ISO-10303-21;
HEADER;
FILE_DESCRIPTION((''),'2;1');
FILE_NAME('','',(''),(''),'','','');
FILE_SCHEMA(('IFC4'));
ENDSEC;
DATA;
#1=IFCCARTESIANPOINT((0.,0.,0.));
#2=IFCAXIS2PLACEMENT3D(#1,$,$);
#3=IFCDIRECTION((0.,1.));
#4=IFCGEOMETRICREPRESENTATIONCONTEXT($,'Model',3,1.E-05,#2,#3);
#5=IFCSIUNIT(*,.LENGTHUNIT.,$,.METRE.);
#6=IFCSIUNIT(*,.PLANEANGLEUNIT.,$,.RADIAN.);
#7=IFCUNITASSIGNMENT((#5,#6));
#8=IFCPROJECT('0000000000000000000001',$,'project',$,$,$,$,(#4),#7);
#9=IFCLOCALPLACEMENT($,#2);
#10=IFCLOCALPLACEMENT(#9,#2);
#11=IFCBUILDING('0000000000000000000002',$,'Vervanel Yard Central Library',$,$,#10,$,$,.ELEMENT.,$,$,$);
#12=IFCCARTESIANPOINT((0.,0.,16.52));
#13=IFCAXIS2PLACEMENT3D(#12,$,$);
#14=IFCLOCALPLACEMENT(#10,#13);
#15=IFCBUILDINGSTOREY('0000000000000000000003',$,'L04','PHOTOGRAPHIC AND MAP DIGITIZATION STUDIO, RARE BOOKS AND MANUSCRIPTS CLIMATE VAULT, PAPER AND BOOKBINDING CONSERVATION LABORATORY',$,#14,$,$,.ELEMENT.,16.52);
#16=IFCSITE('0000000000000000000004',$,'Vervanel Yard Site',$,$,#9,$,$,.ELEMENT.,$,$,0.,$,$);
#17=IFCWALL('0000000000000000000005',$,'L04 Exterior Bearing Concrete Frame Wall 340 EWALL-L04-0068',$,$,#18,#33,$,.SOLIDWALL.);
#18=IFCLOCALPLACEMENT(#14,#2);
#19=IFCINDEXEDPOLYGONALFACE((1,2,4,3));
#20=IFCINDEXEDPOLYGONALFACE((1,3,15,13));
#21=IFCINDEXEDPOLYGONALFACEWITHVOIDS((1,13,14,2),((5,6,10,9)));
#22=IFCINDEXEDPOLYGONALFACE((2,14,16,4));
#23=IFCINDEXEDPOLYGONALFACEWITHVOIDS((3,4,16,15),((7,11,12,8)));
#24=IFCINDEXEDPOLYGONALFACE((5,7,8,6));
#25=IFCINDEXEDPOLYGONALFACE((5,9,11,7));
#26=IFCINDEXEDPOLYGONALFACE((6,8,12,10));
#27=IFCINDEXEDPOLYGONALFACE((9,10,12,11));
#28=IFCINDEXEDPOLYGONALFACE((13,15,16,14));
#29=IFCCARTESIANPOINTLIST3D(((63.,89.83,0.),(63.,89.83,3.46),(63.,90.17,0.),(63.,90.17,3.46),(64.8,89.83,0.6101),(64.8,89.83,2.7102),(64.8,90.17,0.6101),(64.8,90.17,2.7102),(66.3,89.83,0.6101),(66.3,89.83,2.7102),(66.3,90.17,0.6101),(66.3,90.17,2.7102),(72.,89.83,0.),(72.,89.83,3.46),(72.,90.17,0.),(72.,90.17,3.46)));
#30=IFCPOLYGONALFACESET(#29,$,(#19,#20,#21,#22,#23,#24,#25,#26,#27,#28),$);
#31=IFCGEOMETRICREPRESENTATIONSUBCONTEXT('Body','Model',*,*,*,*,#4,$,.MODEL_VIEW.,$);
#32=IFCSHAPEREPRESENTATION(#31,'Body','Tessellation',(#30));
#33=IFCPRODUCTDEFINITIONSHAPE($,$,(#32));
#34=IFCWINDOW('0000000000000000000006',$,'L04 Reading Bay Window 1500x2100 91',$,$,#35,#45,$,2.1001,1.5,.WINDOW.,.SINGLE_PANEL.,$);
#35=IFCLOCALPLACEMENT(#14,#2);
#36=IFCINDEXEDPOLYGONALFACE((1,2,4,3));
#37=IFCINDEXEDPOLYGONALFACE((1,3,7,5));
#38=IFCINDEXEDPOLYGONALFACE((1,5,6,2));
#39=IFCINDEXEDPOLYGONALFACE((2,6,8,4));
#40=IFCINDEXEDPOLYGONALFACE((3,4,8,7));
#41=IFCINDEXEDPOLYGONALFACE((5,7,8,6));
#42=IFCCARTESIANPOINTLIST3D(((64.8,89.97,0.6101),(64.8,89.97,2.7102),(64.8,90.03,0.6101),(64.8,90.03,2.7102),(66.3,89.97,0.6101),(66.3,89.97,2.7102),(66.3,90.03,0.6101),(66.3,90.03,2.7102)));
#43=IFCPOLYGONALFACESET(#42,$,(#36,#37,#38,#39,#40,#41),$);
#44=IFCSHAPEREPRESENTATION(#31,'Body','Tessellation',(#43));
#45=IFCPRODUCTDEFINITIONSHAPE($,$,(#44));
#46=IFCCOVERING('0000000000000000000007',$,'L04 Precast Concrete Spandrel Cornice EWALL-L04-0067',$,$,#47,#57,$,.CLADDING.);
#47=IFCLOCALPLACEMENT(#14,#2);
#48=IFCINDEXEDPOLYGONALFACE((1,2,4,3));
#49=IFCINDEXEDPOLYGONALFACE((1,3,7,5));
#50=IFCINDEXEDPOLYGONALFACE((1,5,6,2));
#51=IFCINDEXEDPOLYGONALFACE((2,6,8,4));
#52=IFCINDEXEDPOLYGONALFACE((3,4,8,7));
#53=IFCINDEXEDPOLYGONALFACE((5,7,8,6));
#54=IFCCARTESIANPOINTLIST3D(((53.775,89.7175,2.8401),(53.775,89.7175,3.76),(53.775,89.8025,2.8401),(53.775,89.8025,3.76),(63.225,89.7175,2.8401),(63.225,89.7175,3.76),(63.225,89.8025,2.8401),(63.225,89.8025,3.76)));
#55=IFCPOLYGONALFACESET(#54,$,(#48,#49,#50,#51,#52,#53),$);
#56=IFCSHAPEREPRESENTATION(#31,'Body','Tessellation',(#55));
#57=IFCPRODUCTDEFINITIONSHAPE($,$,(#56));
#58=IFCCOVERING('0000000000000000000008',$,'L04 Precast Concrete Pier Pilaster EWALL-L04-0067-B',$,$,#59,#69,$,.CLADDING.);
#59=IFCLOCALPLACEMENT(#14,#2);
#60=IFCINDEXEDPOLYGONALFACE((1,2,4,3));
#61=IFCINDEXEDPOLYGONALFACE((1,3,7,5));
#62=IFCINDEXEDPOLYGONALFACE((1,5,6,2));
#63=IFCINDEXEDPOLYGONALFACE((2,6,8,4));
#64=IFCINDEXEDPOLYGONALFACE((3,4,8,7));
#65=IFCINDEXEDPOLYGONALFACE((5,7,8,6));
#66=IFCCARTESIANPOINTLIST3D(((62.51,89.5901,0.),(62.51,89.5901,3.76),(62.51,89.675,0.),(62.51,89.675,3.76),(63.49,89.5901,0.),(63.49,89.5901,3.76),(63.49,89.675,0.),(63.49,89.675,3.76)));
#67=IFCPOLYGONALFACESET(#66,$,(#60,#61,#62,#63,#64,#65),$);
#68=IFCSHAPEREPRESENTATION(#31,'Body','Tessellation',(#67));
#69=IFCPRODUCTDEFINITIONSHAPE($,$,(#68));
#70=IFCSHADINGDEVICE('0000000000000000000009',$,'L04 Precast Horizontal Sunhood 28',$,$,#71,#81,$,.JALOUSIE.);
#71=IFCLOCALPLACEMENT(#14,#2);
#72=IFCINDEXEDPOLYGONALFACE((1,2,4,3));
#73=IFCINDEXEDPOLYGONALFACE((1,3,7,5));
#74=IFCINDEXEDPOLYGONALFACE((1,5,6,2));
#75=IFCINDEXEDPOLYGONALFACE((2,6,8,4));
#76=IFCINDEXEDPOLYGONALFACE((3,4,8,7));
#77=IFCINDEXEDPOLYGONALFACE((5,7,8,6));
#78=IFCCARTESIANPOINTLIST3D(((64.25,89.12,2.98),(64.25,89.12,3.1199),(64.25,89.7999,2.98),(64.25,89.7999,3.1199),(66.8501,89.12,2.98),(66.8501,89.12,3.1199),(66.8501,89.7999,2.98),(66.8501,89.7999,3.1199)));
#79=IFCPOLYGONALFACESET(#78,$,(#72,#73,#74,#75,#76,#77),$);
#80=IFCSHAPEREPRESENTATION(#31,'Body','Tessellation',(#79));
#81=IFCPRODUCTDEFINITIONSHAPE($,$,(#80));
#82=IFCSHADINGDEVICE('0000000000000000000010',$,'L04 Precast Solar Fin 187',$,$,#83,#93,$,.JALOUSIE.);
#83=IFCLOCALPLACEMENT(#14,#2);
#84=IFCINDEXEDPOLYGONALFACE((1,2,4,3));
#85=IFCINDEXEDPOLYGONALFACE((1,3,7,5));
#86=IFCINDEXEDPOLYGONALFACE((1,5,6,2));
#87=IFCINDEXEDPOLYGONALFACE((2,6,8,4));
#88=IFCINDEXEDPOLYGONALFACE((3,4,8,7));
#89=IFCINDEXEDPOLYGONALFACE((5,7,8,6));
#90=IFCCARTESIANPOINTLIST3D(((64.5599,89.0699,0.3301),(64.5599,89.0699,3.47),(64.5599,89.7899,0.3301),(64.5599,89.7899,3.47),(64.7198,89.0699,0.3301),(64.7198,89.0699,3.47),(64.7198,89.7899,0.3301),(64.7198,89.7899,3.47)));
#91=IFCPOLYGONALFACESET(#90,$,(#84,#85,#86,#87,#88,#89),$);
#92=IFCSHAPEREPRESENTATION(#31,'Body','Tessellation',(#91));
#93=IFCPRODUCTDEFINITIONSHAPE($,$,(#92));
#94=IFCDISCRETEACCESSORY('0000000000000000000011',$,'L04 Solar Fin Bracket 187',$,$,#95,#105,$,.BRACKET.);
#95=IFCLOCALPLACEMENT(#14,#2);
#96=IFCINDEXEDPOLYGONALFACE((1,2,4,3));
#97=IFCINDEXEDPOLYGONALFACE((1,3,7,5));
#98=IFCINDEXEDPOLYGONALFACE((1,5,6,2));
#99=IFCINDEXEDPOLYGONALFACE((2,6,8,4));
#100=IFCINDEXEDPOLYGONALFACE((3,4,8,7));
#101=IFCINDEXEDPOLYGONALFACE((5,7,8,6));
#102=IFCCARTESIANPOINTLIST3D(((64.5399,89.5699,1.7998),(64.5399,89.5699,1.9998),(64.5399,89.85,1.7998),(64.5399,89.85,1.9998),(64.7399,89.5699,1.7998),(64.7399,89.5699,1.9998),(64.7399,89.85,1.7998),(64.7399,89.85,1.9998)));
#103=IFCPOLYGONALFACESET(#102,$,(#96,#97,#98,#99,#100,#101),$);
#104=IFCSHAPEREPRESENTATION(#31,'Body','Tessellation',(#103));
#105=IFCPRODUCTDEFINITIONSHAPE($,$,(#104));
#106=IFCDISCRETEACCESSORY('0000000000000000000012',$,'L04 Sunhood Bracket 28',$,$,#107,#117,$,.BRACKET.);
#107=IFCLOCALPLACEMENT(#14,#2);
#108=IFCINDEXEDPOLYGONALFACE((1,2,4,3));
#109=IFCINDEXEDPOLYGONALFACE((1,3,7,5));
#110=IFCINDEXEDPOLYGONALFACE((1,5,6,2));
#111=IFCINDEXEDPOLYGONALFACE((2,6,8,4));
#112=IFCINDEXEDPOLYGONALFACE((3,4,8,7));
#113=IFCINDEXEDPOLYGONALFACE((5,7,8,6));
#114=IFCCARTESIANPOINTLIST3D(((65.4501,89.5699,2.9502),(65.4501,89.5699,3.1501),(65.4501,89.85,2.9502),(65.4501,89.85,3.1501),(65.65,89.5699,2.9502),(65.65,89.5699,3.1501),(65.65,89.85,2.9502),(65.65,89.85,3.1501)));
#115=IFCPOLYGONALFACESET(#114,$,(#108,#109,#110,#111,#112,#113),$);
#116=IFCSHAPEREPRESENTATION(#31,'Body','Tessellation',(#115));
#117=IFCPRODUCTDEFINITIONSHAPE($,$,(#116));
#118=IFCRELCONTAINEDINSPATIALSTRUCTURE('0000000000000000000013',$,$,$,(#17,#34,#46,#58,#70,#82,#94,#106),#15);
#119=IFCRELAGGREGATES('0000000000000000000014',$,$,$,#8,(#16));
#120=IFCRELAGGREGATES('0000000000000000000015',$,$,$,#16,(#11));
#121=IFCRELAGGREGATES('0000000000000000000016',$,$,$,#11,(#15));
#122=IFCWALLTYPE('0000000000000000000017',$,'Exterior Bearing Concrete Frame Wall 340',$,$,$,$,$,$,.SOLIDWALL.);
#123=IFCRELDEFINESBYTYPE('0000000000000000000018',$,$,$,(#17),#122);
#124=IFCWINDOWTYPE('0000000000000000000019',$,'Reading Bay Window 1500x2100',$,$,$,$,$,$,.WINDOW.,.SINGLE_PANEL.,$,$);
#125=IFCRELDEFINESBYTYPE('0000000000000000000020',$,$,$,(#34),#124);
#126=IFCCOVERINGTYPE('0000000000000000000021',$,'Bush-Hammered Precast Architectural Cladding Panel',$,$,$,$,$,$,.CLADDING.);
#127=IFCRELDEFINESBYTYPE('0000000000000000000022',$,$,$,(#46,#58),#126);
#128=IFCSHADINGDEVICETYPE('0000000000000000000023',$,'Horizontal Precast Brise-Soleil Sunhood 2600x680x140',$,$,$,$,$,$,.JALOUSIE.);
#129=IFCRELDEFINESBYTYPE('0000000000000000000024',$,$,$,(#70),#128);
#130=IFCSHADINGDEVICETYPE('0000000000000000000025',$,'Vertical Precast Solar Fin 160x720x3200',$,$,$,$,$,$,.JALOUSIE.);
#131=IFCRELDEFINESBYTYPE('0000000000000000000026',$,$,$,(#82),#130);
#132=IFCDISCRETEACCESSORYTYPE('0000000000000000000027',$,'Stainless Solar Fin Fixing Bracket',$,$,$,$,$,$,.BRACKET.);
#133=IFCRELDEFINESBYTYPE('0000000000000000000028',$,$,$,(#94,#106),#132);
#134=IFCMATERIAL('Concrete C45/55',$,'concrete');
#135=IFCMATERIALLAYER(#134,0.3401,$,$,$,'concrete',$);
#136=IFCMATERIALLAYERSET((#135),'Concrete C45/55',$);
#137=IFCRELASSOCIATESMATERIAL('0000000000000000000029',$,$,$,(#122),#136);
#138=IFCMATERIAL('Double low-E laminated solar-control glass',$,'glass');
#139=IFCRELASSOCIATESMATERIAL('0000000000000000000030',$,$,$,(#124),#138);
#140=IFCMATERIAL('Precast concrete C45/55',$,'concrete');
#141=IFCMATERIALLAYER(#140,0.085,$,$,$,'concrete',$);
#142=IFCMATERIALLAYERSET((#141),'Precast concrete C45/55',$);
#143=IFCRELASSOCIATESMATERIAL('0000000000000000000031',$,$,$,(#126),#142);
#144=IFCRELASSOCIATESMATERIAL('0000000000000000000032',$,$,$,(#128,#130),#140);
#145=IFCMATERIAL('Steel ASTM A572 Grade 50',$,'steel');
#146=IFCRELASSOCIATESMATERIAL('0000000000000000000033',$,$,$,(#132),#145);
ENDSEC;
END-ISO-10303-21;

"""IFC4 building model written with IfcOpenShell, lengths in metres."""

from ifc_helpers import new_model, si_unit, direction, frame, frame_2d, origin, origin_2d, place, context, subcontext, project, spatial, rectangle, extrude, material, layer, layer_set, type_object, element, fill, save


model = new_model("IFC4")

# Units and contexts
model_context = context("Model", 3, precision=1e-05, world=origin(), true_north=direction((0.0, 1.0)))
body_context = subcontext(model_context, "Body", "Model", "MODEL_VIEW")
ifc_project = project(units=[si_unit("LENGTHUNIT", "METRE"), si_unit("PLANEANGLEUNIT", "RADIAN")], contexts=[model_context])

# Site, building, storey
site_placement = place(None, origin())
site = spatial("IfcSite", under=ifc_project, at=site_placement, Name="Vervanel Yard Site", CompositionType="ELEMENT", RefElevation=0.0)
building_placement = place(site_placement, origin())
building = spatial("IfcBuilding", under=site, at=building_placement, Name="Vervanel Yard Central Library", CompositionType="ELEMENT")
storey_placement = place(building_placement, frame((0.0, 0.0, 16.52)))
storey = spatial("IfcBuildingStorey", under=building, at=storey_placement, Name="L04", Description="PHOTOGRAPHIC AND MAP DIGITIZATION STUDIO, RARE BOOKS AND MANUSCRIPTS CLIMATE VAULT, PAPER AND BOOKBINDING CONSERVATION LABORATORY", CompositionType="ELEMENT", Elevation=16.52)

# Shared definitions
ifc_material_1 = material(Name="Concrete C45/55", Category="concrete")

# Wall, opening, window
ifc_layer_1 = layer(ifc_material_1, 0.3401, Category="concrete")
ifc_layer_set_1 = layer_set([ifc_layer_1], Name="Concrete C45/55")
wall_type = type_object("IfcWallType", Name="Exterior Bearing Concrete Frame Wall 340", PredefinedType="SOLIDWALL", material=ifc_layer_set_1)
wall_placement = place(storey_placement, frame((63.0, 90.0, 0.0), z_axis=(0.0, 0.0, 1.0), x_axis=(1.0, 0.0, 0.0)))
wall = element("IfcWall", 1, at=wall_placement, inside=storey, type_object=wall_type, Name="L04 Exterior Bearing Concrete Frame Wall 340 EWALL-L04-0068", PredefinedType="SOLIDWALL", context=body_context, shape_type="SweptSolid", body=[
    extrude(rectangle(XDim=9.0, YDim=0.3401, at=frame_2d((4.5, 0.0))), origin(), (0.0, 0.0, 1.0), 3.46),
])
opening_placement = place(wall_placement, frame((1.8, 0.0, 0.6101)))
opening = element("IfcOpeningElement", 2, at=opening_placement, cuts=wall, PredefinedType="OPENING", context=body_context, shape_type="SweptSolid", body=[
    extrude(rectangle(XDim=1.5, YDim=2.1001, at=frame_2d((0.75, 1.05))), frame((0.0, 0.1799, 0.0), z_axis=(0.0, -1.0, 0.0), x_axis=(1.0, 0.0, 0.0)), (0.0, 0.0, 1.0), 0.3601),
])
ifc_material_2 = material(Name="Double low-E laminated solar-control glass", Category="glass")
window_type = type_object("IfcWindowType", Name="Reading Bay Window 1500x2100", PartitioningType="SINGLE_PANEL", PredefinedType="WINDOW", material=ifc_material_2)
window_placement = place(opening_placement, origin())
window = element("IfcWindow", 3, at=window_placement, inside=storey, type_object=window_type, Name="L04 Reading Bay Window 1500x2100 91", OverallHeight=2.1001, OverallWidth=1.5, PartitioningType="SINGLE_PANEL", PredefinedType="WINDOW", context=body_context, shape_type="SweptSolid", body=[
    extrude(rectangle(XDim=1.5, YDim=2.1001, at=frame_2d((0.75, 1.05))), frame((0.0, 0.03, 0.0), z_axis=(0.0, -1.0, 0.0), x_axis=(1.0, 0.0, 0.0)), (0.0, 0.0, 1.0), 0.0601),
])
fill(opening, window)

# Coverings
ifc_material_3 = material(Name="Precast concrete C45/55", Category="concrete")
ifc_layer_2 = layer(ifc_material_3, 0.085, Category="concrete")
ifc_layer_set_2 = layer_set([ifc_layer_2], Name="Precast concrete C45/55")
covering_type = type_object("IfcCoveringType", Name="Bush-Hammered Precast Architectural Cladding Panel", PredefinedType="CLADDING", material=ifc_layer_set_2)
covering_1_placement = place(storey_placement, frame((58.5, 89.76, 2.8401), z_axis=(0.0, 0.0, 1.0), x_axis=(1.0, 0.0, 0.0)))
element("IfcCovering", 4, at=covering_1_placement, inside=storey, type_object=covering_type, Name="L04 Precast Concrete Spandrel Cornice EWALL-L04-0067", PredefinedType="CLADDING", context=body_context, shape_type="SweptSolid", body=[
    extrude(rectangle(XDim=9.45, YDim=0.085, at=origin_2d()), origin(), (0.0, 0.0, 1.0), 0.9199),
])
covering_2_placement = place(storey_placement, frame((63.0, 89.6326, 0.0), z_axis=(0.0, 0.0, 1.0), x_axis=(1.0, 0.0, 0.0)))
element("IfcCovering", 5, at=covering_2_placement, inside=storey, type_object=covering_type, Name="L04 Precast Concrete Pier Pilaster EWALL-L04-0067-B", PredefinedType="CLADDING", context=body_context, shape_type="SweptSolid", body=[
    extrude(rectangle(XDim=0.98, YDim=0.085, at=origin_2d()), origin(), (0.0, 0.0, 1.0), 3.76),
])

# Shading devices
shading_device_type_1 = type_object("IfcShadingDeviceType", Name="Horizontal Precast Brise-Soleil Sunhood 2600x680x140", PredefinedType="JALOUSIE", material=ifc_material_3)
shading_device_1_placement = place(storey_placement, frame((65.55, 89.46, 2.98), z_axis=(0.0, 0.0, 1.0), x_axis=(1.0, 0.0, 0.0)))
element("IfcShadingDevice", 6, at=shading_device_1_placement, inside=storey, type_object=shading_device_type_1, Name="L04 Precast Horizontal Sunhood 28", PredefinedType="JALOUSIE", context=body_context, shape_type="SweptSolid", body=[
    extrude(rectangle(XDim=2.6001, YDim=0.6799, at=origin_2d()), origin(), (0.0, 0.0, 1.0), 0.1399),
])
shading_device_type_2 = type_object("IfcShadingDeviceType", Name="Vertical Precast Solar Fin 160x720x3200", PredefinedType="JALOUSIE", material=ifc_material_3)
shading_device_2_placement = place(storey_placement, frame((64.6399, 89.4299, 0.3301), z_axis=(0.0, 0.0, 1.0), x_axis=(1.0, 0.0, 0.0)))
element("IfcShadingDevice", 7, at=shading_device_2_placement, inside=storey, type_object=shading_device_type_2, Name="L04 Precast Solar Fin 187", PredefinedType="JALOUSIE", context=body_context, shape_type="SweptSolid", body=[
    extrude(rectangle(XDim=0.1599, YDim=0.72, at=origin_2d()), origin(), (0.0, 0.0, 1.0), 3.1399),
])

# Discrete accessories
ifc_material_4 = material(Name="Steel ASTM A572 Grade 50", Category="steel")
discrete_accessory_type = type_object("IfcDiscreteAccessoryType", Name="Stainless Solar Fin Fixing Bracket", PredefinedType="BRACKET", material=ifc_material_4)
for number, where, z_axis, x_axis, name in (
    (8, (64.6399, 89.71, 1.7998), (0.0, 0.0, 1.0), (1.0, 0.0, 0.0), "L04 Solar Fin Bracket 187"),
    (9, (65.55, 89.71, 2.9502), (0.0, 0.0, 1.0), (1.0, 0.0, 0.0), "L04 Sunhood Bracket 28"),
):
    element("IfcDiscreteAccessory", number, at=place(storey_placement, frame(where, z_axis=z_axis, x_axis=x_axis)), inside=storey, type_object=discrete_accessory_type, Name=name, PredefinedType="BRACKET", context=body_context, shape_type="SweptSolid", body=[
        extrude(rectangle(XDim=0.2, YDim=0.28, at=origin_2d()), origin(), (0.0, 0.0, 1.0), 0.2),
    ])

save(model, "model.ifc")
